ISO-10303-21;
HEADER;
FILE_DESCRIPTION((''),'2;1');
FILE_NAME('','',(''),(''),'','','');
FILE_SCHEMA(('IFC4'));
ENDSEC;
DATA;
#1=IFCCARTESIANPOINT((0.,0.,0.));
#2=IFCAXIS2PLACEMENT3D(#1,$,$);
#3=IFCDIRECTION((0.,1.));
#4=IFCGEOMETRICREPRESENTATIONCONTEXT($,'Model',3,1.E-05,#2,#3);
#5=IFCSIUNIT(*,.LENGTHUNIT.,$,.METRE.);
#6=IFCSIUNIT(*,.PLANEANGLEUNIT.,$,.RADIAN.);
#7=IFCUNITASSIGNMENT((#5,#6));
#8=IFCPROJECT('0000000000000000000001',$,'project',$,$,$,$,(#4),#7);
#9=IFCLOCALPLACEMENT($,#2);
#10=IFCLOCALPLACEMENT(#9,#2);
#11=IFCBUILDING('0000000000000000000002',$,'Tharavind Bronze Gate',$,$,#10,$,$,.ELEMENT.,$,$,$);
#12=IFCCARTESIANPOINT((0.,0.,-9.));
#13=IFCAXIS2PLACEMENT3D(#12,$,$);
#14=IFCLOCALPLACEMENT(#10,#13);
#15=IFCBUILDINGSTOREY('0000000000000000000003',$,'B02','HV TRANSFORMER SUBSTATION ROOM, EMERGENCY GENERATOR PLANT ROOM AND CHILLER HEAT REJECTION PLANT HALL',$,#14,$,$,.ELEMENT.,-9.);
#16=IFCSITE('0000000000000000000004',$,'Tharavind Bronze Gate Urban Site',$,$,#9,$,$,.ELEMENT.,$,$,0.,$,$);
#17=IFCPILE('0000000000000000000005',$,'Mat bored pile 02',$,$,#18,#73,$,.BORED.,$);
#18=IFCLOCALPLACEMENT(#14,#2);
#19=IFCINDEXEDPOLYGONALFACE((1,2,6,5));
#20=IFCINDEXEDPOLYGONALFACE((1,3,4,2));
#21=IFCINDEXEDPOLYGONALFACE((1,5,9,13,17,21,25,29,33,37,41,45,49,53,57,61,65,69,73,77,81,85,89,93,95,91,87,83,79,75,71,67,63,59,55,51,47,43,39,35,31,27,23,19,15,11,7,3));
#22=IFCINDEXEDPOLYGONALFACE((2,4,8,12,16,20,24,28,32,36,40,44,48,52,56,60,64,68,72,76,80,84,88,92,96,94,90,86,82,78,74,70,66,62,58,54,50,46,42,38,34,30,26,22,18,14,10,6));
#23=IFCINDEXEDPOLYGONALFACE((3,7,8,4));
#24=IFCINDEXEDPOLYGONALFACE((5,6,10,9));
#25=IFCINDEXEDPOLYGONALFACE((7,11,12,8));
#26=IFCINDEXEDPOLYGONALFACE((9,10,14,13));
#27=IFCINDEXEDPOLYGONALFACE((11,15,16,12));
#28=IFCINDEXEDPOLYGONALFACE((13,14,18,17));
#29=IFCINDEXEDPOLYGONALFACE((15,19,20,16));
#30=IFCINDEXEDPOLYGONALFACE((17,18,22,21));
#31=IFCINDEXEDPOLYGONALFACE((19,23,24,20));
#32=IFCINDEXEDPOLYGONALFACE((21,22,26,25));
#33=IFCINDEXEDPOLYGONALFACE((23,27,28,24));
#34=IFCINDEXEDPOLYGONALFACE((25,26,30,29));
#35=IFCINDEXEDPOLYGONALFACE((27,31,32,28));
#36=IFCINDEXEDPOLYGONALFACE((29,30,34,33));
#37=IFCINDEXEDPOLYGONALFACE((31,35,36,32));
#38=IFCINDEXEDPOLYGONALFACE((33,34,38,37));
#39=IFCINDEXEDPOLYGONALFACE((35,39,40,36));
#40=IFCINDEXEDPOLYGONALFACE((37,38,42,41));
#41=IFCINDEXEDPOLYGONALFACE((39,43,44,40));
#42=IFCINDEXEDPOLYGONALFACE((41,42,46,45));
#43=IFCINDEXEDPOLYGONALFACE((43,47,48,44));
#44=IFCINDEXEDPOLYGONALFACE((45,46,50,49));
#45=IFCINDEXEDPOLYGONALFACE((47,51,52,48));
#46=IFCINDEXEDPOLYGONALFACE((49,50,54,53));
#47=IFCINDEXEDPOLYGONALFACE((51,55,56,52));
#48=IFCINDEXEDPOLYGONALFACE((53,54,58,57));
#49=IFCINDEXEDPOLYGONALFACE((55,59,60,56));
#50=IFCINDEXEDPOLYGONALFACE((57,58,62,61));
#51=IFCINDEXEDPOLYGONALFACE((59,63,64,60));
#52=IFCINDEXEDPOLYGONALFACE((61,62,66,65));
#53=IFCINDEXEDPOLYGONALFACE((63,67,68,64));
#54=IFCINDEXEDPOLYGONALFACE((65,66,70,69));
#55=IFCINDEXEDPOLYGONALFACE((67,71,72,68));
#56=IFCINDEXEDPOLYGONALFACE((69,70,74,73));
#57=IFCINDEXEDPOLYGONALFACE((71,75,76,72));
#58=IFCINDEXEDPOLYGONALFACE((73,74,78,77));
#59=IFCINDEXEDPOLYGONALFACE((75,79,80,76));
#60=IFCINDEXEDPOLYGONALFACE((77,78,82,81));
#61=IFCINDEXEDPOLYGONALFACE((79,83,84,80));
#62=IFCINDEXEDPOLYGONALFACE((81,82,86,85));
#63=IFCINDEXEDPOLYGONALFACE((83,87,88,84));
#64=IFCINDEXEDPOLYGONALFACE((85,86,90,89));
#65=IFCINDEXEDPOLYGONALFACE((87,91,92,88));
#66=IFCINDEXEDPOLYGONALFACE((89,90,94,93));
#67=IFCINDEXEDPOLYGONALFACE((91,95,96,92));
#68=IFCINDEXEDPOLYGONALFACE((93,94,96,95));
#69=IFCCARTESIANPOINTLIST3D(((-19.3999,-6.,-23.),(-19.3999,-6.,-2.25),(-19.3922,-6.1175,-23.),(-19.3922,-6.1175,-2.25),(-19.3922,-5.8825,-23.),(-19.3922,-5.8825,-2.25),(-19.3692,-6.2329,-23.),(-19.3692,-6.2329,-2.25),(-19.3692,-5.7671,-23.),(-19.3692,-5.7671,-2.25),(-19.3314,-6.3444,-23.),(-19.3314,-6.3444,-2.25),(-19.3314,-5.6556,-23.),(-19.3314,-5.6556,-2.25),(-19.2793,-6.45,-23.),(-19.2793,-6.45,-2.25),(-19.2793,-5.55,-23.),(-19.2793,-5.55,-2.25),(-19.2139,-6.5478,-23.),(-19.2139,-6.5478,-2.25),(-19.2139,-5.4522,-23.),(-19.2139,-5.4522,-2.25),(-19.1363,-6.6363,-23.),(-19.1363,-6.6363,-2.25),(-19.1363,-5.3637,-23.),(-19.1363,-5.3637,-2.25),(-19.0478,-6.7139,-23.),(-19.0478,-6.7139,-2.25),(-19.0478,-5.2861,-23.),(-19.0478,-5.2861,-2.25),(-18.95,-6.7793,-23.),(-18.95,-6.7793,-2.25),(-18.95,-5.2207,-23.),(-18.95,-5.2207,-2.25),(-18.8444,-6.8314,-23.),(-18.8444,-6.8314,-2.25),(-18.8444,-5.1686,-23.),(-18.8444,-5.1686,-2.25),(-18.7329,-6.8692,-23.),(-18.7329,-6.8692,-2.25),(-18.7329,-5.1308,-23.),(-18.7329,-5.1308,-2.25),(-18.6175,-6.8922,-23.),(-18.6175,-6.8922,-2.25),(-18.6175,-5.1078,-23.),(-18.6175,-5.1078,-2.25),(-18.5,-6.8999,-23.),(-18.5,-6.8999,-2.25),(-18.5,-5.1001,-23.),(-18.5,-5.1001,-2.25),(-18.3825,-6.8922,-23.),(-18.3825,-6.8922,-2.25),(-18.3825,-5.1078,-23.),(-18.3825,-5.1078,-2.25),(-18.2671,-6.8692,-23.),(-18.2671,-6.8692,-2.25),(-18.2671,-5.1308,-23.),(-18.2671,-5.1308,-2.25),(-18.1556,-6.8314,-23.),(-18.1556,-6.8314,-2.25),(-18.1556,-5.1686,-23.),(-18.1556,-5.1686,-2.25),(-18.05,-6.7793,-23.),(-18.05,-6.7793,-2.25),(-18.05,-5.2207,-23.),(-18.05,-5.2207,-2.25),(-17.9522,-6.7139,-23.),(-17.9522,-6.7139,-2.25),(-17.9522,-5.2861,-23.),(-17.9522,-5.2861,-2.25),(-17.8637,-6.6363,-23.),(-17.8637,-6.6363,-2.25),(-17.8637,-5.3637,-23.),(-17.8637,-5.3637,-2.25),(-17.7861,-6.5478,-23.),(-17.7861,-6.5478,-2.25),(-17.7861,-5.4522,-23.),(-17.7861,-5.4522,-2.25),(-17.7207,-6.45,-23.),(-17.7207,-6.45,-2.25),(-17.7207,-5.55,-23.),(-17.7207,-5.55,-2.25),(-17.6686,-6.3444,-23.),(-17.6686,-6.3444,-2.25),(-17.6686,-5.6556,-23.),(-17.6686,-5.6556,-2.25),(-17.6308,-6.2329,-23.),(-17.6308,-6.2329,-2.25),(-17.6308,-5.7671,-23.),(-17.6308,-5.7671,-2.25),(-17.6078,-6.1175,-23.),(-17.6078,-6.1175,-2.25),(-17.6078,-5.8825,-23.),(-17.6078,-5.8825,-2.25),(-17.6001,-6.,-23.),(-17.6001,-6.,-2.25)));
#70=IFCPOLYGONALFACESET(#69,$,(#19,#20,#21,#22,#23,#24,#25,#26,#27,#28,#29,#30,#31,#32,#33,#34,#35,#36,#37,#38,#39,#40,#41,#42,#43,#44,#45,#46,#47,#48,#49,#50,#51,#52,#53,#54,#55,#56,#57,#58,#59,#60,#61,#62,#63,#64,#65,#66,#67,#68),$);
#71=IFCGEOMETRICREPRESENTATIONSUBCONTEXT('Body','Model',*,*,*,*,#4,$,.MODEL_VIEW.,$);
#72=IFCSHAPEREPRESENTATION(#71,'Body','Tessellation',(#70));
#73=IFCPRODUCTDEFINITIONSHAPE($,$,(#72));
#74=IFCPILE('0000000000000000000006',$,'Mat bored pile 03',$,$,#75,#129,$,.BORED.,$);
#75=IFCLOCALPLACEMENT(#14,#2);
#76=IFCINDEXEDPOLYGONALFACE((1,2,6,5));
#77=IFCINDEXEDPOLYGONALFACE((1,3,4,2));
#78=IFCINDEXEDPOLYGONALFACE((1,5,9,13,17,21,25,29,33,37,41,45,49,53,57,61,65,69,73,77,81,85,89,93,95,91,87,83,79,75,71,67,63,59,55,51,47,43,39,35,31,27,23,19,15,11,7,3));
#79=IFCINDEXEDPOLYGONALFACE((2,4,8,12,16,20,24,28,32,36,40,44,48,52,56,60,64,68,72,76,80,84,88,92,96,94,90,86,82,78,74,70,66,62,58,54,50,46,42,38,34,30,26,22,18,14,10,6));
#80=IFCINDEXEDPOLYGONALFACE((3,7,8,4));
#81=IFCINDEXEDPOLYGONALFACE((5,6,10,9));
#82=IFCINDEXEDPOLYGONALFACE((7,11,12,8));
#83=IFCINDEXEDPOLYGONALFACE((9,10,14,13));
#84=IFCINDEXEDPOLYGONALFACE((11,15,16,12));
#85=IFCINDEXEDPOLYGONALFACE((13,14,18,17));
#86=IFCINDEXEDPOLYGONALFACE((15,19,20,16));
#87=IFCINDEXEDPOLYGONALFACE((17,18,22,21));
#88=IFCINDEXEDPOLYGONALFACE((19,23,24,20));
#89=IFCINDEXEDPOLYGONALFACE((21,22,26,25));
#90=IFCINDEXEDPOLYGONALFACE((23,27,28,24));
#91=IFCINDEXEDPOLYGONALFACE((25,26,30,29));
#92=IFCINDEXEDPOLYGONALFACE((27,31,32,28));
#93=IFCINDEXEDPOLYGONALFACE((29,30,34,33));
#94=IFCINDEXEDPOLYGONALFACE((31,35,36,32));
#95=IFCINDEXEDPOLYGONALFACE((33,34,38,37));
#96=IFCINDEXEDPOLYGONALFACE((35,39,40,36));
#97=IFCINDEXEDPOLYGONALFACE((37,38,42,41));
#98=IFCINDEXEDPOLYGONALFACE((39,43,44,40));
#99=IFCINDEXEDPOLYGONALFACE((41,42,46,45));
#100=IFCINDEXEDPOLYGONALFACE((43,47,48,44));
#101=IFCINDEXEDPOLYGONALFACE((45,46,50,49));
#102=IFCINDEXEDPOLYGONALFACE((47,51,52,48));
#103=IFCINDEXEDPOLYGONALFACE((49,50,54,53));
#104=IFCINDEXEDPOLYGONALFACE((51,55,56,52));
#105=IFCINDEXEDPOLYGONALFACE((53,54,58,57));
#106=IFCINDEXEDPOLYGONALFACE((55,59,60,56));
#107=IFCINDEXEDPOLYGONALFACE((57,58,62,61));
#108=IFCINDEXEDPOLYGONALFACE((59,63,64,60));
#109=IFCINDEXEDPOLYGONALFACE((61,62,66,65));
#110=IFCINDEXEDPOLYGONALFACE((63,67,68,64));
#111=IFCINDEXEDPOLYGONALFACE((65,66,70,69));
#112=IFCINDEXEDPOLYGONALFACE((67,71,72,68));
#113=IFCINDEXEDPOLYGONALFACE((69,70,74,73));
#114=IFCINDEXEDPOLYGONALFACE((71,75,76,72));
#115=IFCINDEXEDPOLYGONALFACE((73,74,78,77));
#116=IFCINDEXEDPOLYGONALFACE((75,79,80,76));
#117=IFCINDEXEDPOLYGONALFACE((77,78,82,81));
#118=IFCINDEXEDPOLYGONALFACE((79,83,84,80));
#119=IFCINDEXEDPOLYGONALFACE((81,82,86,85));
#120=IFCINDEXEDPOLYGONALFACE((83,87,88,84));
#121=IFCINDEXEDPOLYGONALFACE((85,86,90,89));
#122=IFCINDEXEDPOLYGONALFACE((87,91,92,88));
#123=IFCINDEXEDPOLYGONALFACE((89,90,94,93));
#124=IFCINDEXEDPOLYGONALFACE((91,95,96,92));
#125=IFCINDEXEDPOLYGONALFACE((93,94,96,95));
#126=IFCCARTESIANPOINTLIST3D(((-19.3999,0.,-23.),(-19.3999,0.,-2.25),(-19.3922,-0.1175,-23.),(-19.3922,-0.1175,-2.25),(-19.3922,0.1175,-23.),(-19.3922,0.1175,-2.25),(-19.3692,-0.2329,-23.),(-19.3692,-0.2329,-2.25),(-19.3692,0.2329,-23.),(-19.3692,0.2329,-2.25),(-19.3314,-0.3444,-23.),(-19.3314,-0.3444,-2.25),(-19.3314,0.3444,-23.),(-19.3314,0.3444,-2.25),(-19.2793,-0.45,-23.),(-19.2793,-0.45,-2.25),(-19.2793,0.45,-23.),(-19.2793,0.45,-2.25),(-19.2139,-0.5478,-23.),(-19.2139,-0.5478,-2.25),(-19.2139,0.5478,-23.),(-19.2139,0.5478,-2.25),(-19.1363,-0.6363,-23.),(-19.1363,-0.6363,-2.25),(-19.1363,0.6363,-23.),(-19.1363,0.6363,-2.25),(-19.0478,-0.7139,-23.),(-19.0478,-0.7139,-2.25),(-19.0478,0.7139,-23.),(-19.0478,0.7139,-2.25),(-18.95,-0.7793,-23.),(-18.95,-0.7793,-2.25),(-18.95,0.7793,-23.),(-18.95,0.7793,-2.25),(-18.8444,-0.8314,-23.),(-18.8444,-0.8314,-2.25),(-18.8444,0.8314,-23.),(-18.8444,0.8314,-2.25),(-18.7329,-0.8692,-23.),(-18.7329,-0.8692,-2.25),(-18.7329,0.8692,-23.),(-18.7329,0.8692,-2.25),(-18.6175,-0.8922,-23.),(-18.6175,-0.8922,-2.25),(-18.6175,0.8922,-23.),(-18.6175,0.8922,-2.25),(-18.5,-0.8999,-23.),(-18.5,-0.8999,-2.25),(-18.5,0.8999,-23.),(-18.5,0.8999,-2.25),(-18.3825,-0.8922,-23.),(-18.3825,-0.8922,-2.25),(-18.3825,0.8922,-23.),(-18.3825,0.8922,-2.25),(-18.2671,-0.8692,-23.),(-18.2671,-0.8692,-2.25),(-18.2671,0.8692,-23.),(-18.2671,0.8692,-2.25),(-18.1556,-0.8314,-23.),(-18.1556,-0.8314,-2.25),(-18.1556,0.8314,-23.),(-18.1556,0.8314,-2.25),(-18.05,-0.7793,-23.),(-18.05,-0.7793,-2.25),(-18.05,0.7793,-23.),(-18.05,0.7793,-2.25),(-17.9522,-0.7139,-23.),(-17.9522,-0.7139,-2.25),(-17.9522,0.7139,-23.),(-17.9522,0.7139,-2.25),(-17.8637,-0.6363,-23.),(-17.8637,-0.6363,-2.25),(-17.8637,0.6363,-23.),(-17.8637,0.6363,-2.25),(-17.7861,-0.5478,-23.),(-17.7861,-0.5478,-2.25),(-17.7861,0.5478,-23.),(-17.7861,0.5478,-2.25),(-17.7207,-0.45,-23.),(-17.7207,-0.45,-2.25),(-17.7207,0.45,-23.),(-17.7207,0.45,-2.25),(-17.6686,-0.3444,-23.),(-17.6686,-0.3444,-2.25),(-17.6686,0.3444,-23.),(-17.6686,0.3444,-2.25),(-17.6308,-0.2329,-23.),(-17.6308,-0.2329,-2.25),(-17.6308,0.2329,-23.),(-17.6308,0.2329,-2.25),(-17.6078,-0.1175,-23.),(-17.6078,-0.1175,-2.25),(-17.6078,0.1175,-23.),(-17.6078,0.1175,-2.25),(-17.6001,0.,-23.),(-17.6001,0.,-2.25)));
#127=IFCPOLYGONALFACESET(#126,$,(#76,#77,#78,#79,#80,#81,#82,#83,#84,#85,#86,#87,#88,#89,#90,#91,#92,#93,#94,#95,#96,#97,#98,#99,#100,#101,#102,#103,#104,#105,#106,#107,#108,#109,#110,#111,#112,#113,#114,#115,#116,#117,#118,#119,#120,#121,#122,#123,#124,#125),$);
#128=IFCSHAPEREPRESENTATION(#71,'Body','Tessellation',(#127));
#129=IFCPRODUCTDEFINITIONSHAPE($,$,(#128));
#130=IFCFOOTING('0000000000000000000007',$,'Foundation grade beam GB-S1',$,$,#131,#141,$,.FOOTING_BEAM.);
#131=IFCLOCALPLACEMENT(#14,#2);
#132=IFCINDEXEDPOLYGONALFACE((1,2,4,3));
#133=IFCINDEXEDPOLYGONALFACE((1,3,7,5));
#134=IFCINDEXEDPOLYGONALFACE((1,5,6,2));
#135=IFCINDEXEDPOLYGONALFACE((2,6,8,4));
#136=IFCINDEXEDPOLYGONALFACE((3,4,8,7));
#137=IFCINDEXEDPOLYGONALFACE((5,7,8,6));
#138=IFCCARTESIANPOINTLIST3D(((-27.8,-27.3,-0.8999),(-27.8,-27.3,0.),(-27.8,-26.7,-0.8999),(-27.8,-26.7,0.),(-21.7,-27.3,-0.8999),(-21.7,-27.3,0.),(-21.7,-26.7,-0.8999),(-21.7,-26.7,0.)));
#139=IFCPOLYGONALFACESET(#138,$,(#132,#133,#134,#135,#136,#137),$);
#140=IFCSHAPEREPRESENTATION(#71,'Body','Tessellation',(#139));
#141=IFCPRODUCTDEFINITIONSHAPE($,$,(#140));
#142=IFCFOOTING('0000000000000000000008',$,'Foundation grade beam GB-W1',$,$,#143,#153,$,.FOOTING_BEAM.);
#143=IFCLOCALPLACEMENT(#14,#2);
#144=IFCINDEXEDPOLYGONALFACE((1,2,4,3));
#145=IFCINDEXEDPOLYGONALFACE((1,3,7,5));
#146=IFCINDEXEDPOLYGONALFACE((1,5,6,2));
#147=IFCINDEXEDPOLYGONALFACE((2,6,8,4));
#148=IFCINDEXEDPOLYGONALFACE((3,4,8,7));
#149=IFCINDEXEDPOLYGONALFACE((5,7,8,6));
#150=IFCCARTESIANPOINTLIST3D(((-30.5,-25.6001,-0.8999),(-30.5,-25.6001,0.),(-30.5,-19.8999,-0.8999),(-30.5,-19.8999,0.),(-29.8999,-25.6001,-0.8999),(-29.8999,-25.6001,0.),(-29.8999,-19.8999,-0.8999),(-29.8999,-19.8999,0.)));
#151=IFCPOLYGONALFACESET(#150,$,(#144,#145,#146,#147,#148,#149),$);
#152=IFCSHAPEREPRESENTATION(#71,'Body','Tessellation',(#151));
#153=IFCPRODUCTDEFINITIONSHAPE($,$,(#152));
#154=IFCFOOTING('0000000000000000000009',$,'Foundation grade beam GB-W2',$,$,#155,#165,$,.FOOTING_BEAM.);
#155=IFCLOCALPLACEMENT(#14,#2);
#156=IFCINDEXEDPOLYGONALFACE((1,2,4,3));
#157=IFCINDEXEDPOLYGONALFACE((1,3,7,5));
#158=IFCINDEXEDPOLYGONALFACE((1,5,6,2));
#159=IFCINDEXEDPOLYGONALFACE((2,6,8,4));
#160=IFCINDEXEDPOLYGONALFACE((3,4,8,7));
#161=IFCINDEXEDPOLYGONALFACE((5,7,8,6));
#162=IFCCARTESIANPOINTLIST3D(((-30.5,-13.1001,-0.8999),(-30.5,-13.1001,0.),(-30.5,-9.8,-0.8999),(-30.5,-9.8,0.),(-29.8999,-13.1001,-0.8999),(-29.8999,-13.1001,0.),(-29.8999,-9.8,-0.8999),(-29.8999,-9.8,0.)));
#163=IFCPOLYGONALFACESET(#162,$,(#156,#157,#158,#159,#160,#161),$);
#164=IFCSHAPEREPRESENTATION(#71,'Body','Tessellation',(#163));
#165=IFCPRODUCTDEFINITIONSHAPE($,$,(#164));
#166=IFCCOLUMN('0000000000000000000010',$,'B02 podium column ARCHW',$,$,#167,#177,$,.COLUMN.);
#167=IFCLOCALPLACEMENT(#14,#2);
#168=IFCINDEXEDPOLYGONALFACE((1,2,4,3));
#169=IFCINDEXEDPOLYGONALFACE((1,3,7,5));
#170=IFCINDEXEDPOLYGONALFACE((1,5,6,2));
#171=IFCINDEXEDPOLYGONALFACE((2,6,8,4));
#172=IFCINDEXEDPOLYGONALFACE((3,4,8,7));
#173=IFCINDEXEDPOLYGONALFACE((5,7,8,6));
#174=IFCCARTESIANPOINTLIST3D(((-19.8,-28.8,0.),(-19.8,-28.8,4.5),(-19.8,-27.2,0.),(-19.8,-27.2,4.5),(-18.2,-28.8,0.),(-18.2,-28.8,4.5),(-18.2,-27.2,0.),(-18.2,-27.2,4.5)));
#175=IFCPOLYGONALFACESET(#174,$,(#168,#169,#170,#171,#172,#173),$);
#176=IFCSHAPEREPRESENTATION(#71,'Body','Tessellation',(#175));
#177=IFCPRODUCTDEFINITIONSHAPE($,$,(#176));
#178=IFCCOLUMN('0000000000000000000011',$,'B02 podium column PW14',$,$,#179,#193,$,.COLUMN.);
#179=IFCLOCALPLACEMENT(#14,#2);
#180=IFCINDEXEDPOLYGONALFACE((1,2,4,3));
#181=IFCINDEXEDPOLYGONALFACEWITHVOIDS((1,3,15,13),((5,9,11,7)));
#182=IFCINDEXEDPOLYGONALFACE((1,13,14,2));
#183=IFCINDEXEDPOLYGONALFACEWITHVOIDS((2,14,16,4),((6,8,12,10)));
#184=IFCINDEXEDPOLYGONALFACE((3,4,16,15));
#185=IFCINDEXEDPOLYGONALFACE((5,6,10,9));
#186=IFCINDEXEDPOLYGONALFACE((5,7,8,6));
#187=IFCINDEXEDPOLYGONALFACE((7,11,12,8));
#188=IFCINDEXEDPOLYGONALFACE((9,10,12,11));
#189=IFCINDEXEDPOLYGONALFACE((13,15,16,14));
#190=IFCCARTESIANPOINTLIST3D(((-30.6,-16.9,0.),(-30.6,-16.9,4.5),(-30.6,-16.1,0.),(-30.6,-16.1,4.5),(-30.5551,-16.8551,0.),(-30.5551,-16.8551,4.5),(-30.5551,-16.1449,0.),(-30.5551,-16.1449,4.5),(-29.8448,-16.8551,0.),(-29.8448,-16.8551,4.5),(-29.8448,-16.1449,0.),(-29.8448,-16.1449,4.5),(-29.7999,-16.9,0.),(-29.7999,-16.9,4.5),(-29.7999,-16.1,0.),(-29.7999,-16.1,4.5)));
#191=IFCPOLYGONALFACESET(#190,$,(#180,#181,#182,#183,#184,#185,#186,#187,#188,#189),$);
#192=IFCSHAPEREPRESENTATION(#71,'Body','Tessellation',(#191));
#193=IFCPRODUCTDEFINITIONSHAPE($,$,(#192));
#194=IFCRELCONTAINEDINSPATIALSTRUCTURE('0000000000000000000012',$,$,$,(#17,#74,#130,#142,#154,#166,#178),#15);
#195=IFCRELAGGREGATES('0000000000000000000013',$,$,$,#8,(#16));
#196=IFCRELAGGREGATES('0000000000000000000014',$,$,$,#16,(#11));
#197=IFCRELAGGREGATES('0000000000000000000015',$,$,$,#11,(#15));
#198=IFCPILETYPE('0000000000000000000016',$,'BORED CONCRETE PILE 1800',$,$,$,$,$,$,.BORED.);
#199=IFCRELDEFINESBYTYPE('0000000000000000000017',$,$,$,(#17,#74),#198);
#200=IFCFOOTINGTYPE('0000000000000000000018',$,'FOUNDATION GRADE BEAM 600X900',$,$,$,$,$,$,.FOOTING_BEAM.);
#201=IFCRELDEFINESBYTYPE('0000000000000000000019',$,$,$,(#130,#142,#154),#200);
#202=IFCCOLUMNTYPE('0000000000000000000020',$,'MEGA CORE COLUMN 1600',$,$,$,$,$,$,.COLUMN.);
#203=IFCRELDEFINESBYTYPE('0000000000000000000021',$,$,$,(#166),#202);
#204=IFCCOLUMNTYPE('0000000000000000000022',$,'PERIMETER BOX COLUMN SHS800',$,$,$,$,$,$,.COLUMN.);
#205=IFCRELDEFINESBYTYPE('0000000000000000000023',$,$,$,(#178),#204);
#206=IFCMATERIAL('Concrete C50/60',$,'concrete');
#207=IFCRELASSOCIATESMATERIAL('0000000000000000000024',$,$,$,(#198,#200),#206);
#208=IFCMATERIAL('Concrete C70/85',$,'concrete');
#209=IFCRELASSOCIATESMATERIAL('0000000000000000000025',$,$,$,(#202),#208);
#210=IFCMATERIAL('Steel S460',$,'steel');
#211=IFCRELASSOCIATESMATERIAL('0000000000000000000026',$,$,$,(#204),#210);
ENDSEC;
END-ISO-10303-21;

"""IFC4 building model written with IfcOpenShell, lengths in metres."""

from ifc_helpers import new_model, si_unit, direction, frame, origin, origin_2d, place, context, subcontext, project, spatial, rectangle, hollow_rectangle, circle, extrude, material, material_profile, profile_set, type_object, element, save


model = new_model("IFC4")

# Units and contexts
model_context = context("Model", 3, precision=1e-05, world=origin(), true_north=direction((0.0, 1.0)))
body_context = subcontext(model_context, "Body", "Model", "MODEL_VIEW")
ifc_project = project(units=[si_unit("LENGTHUNIT", "METRE"), si_unit("PLANEANGLEUNIT", "RADIAN")], contexts=[model_context])

# Site, building, storey
site_placement = place(None, origin())
site = spatial("IfcSite", under=ifc_project, at=site_placement, Name="Tharavind Bronze Gate Urban Site", CompositionType="ELEMENT", RefElevation=0.0)
building_placement = place(site_placement, origin())
building = spatial("IfcBuilding", under=site, at=building_placement, Name="Tharavind Bronze Gate", CompositionType="ELEMENT")
storey_placement = place(building_placement, frame((0.0, 0.0, -9.0)))
storey = spatial("IfcBuildingStorey", under=building, at=storey_placement, Name="B02", Description="HV TRANSFORMER SUBSTATION ROOM, EMERGENCY GENERATOR PLANT ROOM AND CHILLER HEAT REJECTION PLANT HALL", CompositionType="ELEMENT", Elevation=-9.0)

# Piles
ifc_material_1 = material(Name="Concrete C50/60", Category="concrete")
ifc_material_profile_1 = material_profile(ifc_material_1, circle(Radius=0.8999, at=origin_2d()), Name="PILE1800")
ifc_profile_set_1 = profile_set([ifc_material_profile_1], Name="Concrete C50/60")
pile_type_1 = type_object("IfcPileType", Name="BORED CONCRETE PILE 1800", PredefinedType="BORED", material=ifc_profile_set_1)
for number, where, z_axis, x_axis, name in (
    (1, (-18.5, -6.0, -2.25), (0.0, 0.0, -1.0), (1.0, 0.0, 0.0), "Mat bored pile 02"),
    (2, (-18.5, 0.0, -2.25), (0.0, 0.0, -1.0), (1.0, 0.0, 0.0), "Mat bored pile 03"),
):
    element("IfcPile", number, at=place(storey_placement, frame(where, z_axis=z_axis, x_axis=x_axis)), inside=storey, type_object=pile_type_1, Name=name, PredefinedType="BORED", context=body_context, shape_type="SweptSolid", body=[
        extrude(circle(Radius=0.8999, at=origin_2d()), origin(), (0.0, 0.0, 1.0), 20.75),
    ])

# Footings
ifc_material_profile_2 = material_profile(ifc_material_1, rectangle(XDim=0.6001, YDim=0.8999, at=origin_2d()), Name="RCBM600X900")
ifc_profile_set_2 = profile_set([ifc_material_profile_2], Name="Concrete C50/60")
footing_type = type_object("IfcFootingType", Name="FOUNDATION GRADE BEAM 600X900", PredefinedType="FOOTING_BEAM", material=ifc_profile_set_2)
footing_1_placement = place(storey_placement, frame((-27.8, -27.0, -0.45), z_axis=(1.0, 0.0, 0.0), x_axis=(0.0, 1.0, 0.0)))
element("IfcFooting", 3, at=footing_1_placement, inside=storey, type_object=footing_type, Name="Foundation grade beam GB-S1", PredefinedType="FOOTING_BEAM", context=body_context, shape_type="SweptSolid", body=[
    extrude(rectangle(XDim=0.6001, YDim=0.8999, at=origin_2d()), origin(), (0.0, 0.0, 1.0), 6.1001),
])
footing_2_placement = place(storey_placement, frame((-30.2, -25.6001, -0.45), z_axis=(0.0, 1.0, 0.0), x_axis=(-1.0, 0.0, 0.0)))
element("IfcFooting", 4, at=footing_2_placement, inside=storey, type_object=footing_type, Name="Foundation grade beam GB-W1", PredefinedType="FOOTING_BEAM", context=body_context, shape_type="SweptSolid", body=[
    extrude(rectangle(XDim=0.6001, YDim=0.8999, at=origin_2d()), origin(), (0.0, 0.0, 1.0), 5.7002),
])
footing_3_placement = place(storey_placement, frame((-30.2, -13.1001, -0.45), z_axis=(0.0, 1.0, 0.0), x_axis=(-1.0, 0.0, 0.0)))
element("IfcFooting", 5, at=footing_3_placement, inside=storey, type_object=footing_type, Name="Foundation grade beam GB-W2", PredefinedType="FOOTING_BEAM", context=body_context, shape_type="SweptSolid", body=[
    extrude(rectangle(XDim=0.6001, YDim=0.8999, at=origin_2d()), origin(), (0.0, 0.0, 1.0), 3.3),
])

# Columns
ifc_material_2 = material(Name="Concrete C70/85", Category="concrete")
ifc_material_profile_3 = material_profile(ifc_material_2, rectangle(XDim=1.6001, YDim=1.6001, at=origin_2d()), Name="RCCOL1600")
ifc_profile_set_3 = profile_set([ifc_material_profile_3], Name="Concrete C70/85")
column_type_1 = type_object("IfcColumnType", Name="MEGA CORE COLUMN 1600", PredefinedType="COLUMN", material=ifc_profile_set_3)
column_placement = place(storey_placement, frame((-19.0, -28.0, 0.0), z_axis=(0.0, 0.0, 1.0), x_axis=(1.0, 0.0, 0.0)))
element("IfcColumn", 6, at=column_placement, inside=storey, type_object=column_type_1, Name="B02 podium column ARCHW", PredefinedType="COLUMN", context=body_context, shape_type="SweptSolid", body=[
    extrude(rectangle(XDim=1.6001, YDim=1.6001, at=origin_2d()), origin(), (0.0, 0.0, 1.0), 4.5),
])
ifc_material_3 = material(Name="Steel S460", Category="steel")
ifc_material_profile_4 = material_profile(ifc_material_3, hollow_rectangle(XDim=0.8, YDim=0.8, WallThickness=0.0449, at=origin_2d()), Name="SHS800X45")
ifc_profile_set_4 = profile_set([ifc_material_profile_4], Name="Steel S460")
column_type_2 = type_object("IfcColumnType", Name="PERIMETER BOX COLUMN SHS800", PredefinedType="COLUMN", material=ifc_profile_set_4)
for number, where, z_axis, x_axis, name in (
    (7, (-30.2, -16.5, 0.0), (0.0, 0.0, 1.0), (1.0, 0.0, 0.0), "B02 podium column PW14"),
):
    element("IfcColumn", number, at=place(storey_placement, frame(where, z_axis=z_axis, x_axis=x_axis)), inside=storey, type_object=column_type_2, Name=name, PredefinedType="COLUMN", context=body_context, shape_type="SweptSolid", body=[
        extrude(hollow_rectangle(XDim=0.8, YDim=0.8, WallThickness=0.0449, at=origin_2d()), origin(), (0.0, 0.0, 1.0), 4.5),
    ])

save(model, "model.ifc")
